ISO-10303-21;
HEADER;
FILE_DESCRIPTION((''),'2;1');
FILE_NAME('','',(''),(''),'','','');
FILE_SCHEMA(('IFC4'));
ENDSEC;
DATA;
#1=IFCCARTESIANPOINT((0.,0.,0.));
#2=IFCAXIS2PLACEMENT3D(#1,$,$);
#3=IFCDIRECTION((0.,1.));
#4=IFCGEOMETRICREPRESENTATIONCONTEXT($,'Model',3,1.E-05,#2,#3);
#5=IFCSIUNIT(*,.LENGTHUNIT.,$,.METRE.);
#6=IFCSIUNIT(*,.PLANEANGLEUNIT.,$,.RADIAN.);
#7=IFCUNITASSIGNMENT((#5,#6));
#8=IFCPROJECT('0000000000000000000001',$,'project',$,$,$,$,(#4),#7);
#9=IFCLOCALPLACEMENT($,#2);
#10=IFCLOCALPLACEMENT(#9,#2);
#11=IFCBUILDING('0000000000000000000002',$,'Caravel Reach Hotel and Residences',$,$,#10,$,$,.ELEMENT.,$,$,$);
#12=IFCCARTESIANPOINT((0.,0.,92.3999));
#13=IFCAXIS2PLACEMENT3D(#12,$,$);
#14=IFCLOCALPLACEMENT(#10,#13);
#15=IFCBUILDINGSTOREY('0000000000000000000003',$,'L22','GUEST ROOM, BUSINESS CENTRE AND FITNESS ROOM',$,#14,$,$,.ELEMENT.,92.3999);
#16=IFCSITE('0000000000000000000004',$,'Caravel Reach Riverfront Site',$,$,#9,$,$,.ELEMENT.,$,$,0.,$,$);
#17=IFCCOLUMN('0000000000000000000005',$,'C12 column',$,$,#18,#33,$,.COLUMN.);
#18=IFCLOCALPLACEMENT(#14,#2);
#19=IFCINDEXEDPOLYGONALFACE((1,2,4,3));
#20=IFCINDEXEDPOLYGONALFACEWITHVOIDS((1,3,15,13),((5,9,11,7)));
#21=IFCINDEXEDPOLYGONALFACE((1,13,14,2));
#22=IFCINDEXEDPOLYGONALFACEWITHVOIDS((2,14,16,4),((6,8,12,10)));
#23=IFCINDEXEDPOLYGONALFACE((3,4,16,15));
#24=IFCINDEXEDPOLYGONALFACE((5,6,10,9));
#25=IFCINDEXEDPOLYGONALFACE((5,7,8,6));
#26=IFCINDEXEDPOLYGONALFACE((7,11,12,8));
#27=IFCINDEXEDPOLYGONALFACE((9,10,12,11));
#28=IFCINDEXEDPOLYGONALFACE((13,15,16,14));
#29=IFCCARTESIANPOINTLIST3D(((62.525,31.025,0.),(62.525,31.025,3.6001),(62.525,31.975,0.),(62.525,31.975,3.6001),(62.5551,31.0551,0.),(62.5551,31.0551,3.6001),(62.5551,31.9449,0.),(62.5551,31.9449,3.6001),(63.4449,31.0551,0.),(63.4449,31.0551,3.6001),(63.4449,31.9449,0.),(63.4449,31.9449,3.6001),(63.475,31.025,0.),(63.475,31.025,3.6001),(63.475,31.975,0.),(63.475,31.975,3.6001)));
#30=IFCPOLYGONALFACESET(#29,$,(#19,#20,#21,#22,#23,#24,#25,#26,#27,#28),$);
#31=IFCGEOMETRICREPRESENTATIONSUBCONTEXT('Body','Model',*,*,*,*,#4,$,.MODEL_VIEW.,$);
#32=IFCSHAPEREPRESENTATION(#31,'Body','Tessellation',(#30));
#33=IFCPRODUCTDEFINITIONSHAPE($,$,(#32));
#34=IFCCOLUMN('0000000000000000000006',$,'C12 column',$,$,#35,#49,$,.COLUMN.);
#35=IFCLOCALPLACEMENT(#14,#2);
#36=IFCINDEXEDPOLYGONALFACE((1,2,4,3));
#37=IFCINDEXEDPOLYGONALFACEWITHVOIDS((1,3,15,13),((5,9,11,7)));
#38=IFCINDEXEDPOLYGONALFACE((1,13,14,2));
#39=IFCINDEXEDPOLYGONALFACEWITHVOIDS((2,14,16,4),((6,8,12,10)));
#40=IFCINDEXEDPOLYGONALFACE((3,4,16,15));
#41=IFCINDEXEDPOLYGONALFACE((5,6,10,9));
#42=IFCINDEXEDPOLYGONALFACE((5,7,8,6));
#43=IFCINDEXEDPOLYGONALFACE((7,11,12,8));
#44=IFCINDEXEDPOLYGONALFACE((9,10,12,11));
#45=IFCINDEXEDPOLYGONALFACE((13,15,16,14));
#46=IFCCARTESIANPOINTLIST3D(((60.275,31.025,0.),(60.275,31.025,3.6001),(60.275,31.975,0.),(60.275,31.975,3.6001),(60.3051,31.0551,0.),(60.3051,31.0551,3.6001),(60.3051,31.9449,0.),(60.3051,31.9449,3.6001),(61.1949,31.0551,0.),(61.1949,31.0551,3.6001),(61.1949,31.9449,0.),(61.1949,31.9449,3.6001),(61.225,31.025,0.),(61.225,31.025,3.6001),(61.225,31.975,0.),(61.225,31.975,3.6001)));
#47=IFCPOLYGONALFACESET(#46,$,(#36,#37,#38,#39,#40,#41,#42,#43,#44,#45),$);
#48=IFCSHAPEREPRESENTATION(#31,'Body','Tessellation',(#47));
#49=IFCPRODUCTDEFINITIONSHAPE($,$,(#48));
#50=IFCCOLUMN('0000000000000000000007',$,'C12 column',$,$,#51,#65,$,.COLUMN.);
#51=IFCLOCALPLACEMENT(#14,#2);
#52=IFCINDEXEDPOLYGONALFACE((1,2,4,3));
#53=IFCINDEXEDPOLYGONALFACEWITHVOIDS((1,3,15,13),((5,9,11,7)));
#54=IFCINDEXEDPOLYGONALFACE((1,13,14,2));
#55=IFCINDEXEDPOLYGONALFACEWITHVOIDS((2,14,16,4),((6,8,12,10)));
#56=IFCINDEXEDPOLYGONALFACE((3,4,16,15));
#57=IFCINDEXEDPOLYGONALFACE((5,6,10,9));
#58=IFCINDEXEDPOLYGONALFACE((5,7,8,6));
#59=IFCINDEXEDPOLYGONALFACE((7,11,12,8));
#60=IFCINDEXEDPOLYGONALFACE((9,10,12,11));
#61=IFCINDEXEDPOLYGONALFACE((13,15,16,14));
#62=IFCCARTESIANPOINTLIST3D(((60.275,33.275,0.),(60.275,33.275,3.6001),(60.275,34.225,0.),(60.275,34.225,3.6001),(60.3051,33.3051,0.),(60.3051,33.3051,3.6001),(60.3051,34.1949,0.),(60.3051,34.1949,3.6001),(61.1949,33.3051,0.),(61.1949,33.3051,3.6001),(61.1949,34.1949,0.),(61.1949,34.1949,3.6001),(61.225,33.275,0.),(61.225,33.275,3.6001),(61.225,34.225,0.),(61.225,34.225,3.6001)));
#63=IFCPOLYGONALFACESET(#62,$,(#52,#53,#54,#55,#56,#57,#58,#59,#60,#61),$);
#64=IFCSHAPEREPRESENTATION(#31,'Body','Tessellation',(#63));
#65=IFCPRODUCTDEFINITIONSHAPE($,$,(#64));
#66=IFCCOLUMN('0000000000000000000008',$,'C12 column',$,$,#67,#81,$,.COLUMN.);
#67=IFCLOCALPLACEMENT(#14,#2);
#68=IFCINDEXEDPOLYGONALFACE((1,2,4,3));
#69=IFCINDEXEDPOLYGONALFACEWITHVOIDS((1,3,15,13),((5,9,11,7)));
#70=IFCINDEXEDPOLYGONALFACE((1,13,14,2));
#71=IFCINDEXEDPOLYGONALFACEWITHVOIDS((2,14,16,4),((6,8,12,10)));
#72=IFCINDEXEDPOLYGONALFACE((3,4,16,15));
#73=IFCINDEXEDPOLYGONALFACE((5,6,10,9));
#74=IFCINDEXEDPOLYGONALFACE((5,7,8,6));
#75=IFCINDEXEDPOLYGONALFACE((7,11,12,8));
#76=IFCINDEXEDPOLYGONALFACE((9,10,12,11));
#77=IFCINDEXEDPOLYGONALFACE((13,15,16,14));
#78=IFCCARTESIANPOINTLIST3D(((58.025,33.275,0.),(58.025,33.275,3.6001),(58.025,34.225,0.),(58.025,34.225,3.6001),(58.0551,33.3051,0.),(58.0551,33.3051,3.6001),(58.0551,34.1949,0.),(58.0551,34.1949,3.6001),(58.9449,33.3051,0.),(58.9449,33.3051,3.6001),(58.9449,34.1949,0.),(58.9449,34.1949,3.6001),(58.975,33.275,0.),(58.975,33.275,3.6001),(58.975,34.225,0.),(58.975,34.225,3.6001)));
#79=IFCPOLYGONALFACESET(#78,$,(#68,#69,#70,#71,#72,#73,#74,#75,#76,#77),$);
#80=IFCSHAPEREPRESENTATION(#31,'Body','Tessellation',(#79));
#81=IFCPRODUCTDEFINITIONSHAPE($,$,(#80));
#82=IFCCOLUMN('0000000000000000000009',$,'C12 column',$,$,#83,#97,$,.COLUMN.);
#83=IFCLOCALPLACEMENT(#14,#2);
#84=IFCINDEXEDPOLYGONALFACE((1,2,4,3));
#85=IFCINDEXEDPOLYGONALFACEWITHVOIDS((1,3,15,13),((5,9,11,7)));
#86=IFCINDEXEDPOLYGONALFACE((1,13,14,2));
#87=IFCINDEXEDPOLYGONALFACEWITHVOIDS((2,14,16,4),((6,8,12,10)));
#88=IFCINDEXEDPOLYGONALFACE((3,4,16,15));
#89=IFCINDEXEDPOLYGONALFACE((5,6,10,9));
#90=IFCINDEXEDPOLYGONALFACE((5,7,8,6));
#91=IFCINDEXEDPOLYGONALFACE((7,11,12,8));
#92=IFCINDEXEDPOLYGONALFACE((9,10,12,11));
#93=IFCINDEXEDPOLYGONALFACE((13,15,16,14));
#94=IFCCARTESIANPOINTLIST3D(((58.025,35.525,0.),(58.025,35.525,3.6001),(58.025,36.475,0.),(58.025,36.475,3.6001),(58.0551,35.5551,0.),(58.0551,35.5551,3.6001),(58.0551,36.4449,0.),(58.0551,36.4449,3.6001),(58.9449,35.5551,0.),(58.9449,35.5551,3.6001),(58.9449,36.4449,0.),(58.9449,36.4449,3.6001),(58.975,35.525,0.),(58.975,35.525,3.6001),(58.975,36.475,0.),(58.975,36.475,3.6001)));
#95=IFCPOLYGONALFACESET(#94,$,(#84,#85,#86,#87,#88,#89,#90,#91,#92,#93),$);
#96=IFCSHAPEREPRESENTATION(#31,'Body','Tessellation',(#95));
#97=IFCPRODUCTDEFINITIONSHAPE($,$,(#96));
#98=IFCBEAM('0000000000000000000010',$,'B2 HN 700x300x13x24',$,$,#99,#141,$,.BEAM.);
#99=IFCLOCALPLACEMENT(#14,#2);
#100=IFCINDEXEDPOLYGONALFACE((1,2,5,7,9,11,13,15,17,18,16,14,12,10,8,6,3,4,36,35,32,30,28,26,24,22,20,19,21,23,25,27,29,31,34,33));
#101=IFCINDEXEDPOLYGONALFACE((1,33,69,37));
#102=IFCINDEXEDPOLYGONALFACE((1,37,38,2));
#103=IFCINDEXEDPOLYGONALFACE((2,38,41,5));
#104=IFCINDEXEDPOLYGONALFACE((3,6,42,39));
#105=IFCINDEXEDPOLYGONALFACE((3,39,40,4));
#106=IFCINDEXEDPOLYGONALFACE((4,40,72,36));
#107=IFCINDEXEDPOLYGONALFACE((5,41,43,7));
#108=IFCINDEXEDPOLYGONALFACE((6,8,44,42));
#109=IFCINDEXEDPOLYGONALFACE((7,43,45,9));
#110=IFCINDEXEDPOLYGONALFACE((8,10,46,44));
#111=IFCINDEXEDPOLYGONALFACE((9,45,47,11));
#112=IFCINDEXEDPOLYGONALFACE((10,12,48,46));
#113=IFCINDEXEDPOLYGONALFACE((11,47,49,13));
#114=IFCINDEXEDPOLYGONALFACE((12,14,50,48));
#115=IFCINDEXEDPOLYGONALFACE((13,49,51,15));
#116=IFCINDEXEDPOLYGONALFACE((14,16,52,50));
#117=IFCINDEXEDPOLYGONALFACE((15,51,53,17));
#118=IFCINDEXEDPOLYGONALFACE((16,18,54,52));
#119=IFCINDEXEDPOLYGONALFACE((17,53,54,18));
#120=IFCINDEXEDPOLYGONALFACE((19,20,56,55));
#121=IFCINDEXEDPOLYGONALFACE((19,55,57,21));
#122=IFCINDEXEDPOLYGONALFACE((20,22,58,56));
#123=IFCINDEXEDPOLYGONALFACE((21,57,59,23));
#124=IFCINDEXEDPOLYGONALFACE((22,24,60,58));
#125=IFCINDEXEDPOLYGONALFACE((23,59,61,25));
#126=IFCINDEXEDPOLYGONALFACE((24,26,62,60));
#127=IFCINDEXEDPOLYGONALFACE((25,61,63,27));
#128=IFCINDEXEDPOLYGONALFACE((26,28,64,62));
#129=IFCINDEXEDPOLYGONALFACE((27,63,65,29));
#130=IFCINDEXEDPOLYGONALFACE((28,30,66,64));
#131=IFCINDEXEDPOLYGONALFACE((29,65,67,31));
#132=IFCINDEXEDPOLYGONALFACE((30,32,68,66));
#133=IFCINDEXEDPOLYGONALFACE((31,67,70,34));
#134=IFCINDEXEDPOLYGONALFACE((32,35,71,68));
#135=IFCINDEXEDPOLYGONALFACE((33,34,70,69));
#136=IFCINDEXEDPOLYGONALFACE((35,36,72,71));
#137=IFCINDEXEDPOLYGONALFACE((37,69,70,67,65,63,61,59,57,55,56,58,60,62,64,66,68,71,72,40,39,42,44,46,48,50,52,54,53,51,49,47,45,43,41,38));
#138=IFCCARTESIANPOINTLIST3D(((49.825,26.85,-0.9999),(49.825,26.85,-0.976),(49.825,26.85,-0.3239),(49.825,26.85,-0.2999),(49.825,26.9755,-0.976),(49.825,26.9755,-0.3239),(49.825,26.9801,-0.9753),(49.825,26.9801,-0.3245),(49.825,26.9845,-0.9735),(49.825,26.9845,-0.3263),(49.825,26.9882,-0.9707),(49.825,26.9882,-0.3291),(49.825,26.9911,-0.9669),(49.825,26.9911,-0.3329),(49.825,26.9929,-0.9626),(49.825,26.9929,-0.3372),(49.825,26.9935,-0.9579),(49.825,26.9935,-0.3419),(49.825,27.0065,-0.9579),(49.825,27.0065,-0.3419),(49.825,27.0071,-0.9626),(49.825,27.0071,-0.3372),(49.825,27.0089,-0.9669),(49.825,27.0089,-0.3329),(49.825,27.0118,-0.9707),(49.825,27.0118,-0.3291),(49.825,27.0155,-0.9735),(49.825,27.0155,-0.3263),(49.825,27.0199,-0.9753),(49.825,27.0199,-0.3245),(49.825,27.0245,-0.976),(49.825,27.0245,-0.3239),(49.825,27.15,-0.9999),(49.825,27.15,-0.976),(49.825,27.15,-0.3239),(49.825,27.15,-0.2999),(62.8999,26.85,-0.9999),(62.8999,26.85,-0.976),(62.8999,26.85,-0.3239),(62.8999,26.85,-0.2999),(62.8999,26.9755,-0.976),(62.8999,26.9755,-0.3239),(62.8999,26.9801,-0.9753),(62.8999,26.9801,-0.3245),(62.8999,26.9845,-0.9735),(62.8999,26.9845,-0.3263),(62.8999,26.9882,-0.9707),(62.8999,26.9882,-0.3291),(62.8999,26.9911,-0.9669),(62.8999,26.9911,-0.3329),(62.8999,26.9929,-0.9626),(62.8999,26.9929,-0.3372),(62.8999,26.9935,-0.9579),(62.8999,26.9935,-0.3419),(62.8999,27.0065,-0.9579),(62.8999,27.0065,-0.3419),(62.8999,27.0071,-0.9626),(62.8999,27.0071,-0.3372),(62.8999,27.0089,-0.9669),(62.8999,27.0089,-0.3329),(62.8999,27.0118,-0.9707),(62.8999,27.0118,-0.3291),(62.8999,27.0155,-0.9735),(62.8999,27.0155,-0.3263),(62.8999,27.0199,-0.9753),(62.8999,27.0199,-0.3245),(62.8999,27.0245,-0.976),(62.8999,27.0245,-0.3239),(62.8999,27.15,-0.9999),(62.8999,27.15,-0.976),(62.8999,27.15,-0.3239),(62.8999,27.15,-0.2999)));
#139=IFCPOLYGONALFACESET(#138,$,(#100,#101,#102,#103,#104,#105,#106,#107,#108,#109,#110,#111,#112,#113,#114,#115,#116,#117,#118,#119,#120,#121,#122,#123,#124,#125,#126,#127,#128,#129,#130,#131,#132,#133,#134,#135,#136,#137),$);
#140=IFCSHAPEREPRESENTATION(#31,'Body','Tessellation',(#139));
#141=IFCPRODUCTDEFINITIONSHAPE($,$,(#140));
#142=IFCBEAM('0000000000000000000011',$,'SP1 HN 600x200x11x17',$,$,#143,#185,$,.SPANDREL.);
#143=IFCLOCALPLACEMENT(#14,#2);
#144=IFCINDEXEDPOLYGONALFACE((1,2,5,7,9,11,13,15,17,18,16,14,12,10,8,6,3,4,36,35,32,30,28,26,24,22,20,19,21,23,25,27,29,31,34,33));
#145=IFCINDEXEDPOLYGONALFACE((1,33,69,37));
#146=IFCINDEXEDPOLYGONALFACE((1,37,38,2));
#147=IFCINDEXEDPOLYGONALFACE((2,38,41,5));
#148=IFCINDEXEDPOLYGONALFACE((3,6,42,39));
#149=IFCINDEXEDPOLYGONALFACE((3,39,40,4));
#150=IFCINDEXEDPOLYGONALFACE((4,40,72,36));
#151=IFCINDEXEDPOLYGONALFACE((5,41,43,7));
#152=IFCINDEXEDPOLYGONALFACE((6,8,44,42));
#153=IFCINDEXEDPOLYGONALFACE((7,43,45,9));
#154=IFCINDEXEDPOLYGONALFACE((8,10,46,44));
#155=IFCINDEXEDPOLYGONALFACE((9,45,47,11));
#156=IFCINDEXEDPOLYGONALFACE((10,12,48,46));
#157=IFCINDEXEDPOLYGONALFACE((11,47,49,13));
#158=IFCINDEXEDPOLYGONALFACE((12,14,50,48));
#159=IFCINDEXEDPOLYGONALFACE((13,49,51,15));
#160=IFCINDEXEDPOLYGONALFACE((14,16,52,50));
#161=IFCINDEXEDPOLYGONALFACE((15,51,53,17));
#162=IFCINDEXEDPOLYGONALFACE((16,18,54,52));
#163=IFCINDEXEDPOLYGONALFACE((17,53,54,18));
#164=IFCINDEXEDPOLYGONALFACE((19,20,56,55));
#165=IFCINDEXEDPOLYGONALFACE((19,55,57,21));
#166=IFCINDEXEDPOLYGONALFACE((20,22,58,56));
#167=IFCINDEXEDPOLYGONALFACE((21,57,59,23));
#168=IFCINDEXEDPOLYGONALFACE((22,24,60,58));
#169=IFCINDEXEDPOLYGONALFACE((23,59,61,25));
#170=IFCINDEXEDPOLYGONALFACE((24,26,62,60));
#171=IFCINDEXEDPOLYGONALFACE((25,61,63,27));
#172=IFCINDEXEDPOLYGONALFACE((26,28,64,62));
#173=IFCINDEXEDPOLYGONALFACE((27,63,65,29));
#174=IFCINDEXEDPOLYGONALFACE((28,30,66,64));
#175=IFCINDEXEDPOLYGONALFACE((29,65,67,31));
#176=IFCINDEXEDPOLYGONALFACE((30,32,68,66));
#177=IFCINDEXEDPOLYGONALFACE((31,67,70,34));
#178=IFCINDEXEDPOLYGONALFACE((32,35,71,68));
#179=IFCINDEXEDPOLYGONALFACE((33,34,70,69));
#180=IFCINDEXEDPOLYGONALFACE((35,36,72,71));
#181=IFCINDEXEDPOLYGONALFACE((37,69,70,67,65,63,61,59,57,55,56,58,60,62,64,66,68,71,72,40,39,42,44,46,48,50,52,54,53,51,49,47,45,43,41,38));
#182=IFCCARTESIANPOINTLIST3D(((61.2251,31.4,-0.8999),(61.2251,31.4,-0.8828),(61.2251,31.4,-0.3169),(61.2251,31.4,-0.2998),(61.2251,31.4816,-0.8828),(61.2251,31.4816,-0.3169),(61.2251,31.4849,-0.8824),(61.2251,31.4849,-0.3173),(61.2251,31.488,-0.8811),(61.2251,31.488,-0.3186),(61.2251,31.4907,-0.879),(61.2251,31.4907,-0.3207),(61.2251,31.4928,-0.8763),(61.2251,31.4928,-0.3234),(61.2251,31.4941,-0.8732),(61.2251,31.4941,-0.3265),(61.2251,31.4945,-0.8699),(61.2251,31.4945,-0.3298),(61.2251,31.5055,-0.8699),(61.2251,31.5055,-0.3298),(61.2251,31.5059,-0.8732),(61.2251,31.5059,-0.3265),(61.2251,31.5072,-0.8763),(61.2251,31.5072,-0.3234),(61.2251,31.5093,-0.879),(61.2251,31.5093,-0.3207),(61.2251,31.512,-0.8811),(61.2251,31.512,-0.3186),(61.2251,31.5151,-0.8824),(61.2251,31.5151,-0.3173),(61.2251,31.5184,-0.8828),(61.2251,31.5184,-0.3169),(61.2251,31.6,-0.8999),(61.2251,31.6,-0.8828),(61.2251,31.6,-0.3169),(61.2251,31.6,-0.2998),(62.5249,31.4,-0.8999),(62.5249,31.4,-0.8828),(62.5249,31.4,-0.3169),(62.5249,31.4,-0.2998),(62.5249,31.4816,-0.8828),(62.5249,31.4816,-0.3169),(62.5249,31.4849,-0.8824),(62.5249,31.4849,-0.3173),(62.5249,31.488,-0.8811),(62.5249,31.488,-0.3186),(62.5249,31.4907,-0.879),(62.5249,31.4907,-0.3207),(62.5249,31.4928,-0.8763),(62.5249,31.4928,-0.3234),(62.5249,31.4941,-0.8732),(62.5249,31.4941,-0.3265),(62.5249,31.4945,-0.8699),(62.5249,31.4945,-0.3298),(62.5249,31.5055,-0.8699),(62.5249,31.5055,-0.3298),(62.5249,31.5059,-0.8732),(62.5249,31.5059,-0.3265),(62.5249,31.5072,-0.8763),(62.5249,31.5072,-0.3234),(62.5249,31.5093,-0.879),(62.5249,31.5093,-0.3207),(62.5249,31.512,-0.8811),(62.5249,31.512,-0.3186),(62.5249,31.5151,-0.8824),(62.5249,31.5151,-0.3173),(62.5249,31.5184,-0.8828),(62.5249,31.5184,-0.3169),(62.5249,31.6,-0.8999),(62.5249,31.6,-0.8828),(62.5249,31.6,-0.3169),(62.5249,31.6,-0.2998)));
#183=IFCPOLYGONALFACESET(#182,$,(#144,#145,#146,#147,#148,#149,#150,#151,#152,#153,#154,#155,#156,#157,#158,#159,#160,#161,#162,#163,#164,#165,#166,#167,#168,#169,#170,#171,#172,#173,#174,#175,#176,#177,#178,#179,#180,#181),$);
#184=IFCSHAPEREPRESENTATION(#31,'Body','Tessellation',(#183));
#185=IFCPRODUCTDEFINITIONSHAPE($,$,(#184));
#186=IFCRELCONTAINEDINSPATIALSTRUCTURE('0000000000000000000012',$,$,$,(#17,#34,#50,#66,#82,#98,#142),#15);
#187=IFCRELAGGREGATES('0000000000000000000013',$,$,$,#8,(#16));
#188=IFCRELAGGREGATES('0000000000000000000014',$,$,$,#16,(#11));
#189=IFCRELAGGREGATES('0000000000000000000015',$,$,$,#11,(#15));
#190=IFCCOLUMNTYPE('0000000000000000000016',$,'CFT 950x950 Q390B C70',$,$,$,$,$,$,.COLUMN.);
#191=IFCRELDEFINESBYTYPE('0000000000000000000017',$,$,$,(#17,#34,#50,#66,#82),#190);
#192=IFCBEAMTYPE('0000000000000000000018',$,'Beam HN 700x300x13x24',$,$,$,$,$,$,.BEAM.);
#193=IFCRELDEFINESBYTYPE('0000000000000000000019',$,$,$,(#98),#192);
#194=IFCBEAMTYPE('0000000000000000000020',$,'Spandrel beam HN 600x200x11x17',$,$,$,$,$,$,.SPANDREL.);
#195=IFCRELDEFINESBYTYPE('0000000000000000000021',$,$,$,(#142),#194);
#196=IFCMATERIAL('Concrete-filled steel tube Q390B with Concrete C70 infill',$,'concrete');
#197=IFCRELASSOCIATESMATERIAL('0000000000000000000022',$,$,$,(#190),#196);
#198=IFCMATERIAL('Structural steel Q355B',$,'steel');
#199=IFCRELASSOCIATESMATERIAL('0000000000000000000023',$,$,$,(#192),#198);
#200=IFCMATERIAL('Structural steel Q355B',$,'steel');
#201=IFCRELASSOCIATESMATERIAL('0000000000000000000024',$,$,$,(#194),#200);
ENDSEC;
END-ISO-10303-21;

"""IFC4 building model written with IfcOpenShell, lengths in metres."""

from ifc_helpers import new_model, si_unit, direction, frame, origin, origin_2d, place, context, subcontext, project, spatial, hollow_rectangle, i_section, extrude, material, material_profile, profile_set, type_object, element, save


model = new_model("IFC4")

# Units and contexts
model_context = context("Model", 3, precision=1e-05, world=origin(), true_north=direction((0.0, 1.0)))
body_context = subcontext(model_context, "Body", "Model", "MODEL_VIEW")
ifc_project = project(units=[si_unit("LENGTHUNIT", "METRE"), si_unit("PLANEANGLEUNIT", "RADIAN")], contexts=[model_context])

# Site, building, storey
site_placement = place(None, origin())
site = spatial("IfcSite", under=ifc_project, at=site_placement, Name="Caravel Reach Riverfront Site", CompositionType="ELEMENT", RefElevation=0.0)
building_placement = place(site_placement, origin())
building = spatial("IfcBuilding", under=site, at=building_placement, Name="Caravel Reach Hotel and Residences", CompositionType="ELEMENT")
storey_placement = place(building_placement, frame((0.0, 0.0, 92.3999)))
storey = spatial("IfcBuildingStorey", under=building, at=storey_placement, Name="L22", Description="GUEST ROOM, BUSINESS CENTRE AND FITNESS ROOM", CompositionType="ELEMENT", Elevation=92.3999)

# Columns
ifc_material_1 = material(Name="Concrete-filled steel tube Q390B with Concrete C70 infill", Category="concrete")
ifc_material_profile_1 = material_profile(ifc_material_1, hollow_rectangle(XDim=0.95, YDim=0.95, WallThickness=0.03, at=origin_2d()), Name="RHS 950x950x30")
ifc_profile_set_1 = profile_set([ifc_material_profile_1], Name="Concrete-filled steel tube Q390B with Concrete C70 infill")
column_type = type_object("IfcColumnType", Name="CFT 950x950 Q390B C70", PredefinedType="COLUMN", material=ifc_profile_set_1)
for number, where, z_axis, x_axis, name in (
    (1, (63.0, 31.5, 0.0), (0.0, 0.0, 1.0), (1.0, 0.0, 0.0), "C12 column"),
    (2, (60.75, 31.5, 0.0), (0.0, 0.0, 1.0), (1.0, 0.0, 0.0), "C12 column"),
    (3, (60.75, 33.75, 0.0), (0.0, 0.0, 1.0), (1.0, 0.0, 0.0), "C12 column"),
    (4, (58.5, 33.75, 0.0), (0.0, 0.0, 1.0), (1.0, 0.0, 0.0), "C12 column"),
    (5, (58.5, 36.0, 0.0), (0.0, 0.0, 1.0), (1.0, 0.0, 0.0), "C12 column"),
):
    element("IfcColumn", number, at=place(storey_placement, frame(where, z_axis=z_axis, x_axis=x_axis)), inside=storey, type_object=column_type, Name=name, PredefinedType="COLUMN", context=body_context, shape_type="SweptSolid", body=[
        extrude(hollow_rectangle(XDim=0.95, YDim=0.95, WallThickness=0.03, at=origin_2d()), origin(), (0.0, 0.0, 1.0), 3.6001),
    ])

# Beams
ifc_material_2 = material(Name="Structural steel Q355B", Category="steel")
ifc_material_profile_2 = material_profile(ifc_material_2, i_section(OverallWidth=0.3, OverallDepth=0.7, WebThickness=0.0129, FlangeThickness=0.0239, FilletRadius=0.0181, at=origin_2d()), Name="HN 700x300x13x24")
ifc_profile_set_2 = profile_set([ifc_material_profile_2], Name="Structural steel Q355B")
beam_type_1 = type_object("IfcBeamType", Name="Beam HN 700x300x13x24", PredefinedType="BEAM", material=ifc_profile_set_2)
beam_1_placement = place(storey_placement, frame((49.825, 27.0, -0.6499), z_axis=(1.0, 0.0, 0.0), x_axis=(0.0, 1.0, 0.0)))
element("IfcBeam", 6, at=beam_1_placement, inside=storey, type_object=beam_type_1, Name="B2 HN 700x300x13x24", PredefinedType="BEAM", context=body_context, shape_type="SweptSolid", body=[
    extrude(i_section(OverallWidth=0.3, OverallDepth=0.7, WebThickness=0.0129, FlangeThickness=0.0239, FilletRadius=0.0181, at=origin_2d()), origin(), (0.0, 0.0, 1.0), 13.075),
])
ifc_material_3 = material(Name="Structural steel Q355B", Category="steel")
ifc_material_profile_3 = material_profile(ifc_material_3, i_section(OverallWidth=0.2, OverallDepth=0.6001, WebThickness=0.011, FlangeThickness=0.0171, FilletRadius=0.0129, at=origin_2d()), Name="HN 600x200x11x17")
ifc_profile_set_3 = profile_set([ifc_material_profile_3], Name="Structural steel Q355B")
beam_type_2 = type_object("IfcBeamType", Name="Spandrel beam HN 600x200x11x17", PredefinedType="SPANDREL", material=ifc_profile_set_3)
for number, where, z_axis, x_axis, name in (
    (7, (62.5249, 31.5, -0.5999), (-1.0, 0.0, 0.0), (0.0, -1.0, 0.0), "SP1 HN 600x200x11x17"),
):
    element("IfcBeam", number, at=place(storey_placement, frame(where, z_axis=z_axis, x_axis=x_axis)), inside=storey, type_object=beam_type_2, Name=name, PredefinedType="SPANDREL", context=body_context, shape_type="SweptSolid", body=[
        extrude(i_section(OverallWidth=0.2, OverallDepth=0.6001, WebThickness=0.011, FlangeThickness=0.0171, FilletRadius=0.0129, at=origin_2d()), origin(), (0.0, 0.0, 1.0), 1.2998),
    ])

save(model, "model.ifc")
